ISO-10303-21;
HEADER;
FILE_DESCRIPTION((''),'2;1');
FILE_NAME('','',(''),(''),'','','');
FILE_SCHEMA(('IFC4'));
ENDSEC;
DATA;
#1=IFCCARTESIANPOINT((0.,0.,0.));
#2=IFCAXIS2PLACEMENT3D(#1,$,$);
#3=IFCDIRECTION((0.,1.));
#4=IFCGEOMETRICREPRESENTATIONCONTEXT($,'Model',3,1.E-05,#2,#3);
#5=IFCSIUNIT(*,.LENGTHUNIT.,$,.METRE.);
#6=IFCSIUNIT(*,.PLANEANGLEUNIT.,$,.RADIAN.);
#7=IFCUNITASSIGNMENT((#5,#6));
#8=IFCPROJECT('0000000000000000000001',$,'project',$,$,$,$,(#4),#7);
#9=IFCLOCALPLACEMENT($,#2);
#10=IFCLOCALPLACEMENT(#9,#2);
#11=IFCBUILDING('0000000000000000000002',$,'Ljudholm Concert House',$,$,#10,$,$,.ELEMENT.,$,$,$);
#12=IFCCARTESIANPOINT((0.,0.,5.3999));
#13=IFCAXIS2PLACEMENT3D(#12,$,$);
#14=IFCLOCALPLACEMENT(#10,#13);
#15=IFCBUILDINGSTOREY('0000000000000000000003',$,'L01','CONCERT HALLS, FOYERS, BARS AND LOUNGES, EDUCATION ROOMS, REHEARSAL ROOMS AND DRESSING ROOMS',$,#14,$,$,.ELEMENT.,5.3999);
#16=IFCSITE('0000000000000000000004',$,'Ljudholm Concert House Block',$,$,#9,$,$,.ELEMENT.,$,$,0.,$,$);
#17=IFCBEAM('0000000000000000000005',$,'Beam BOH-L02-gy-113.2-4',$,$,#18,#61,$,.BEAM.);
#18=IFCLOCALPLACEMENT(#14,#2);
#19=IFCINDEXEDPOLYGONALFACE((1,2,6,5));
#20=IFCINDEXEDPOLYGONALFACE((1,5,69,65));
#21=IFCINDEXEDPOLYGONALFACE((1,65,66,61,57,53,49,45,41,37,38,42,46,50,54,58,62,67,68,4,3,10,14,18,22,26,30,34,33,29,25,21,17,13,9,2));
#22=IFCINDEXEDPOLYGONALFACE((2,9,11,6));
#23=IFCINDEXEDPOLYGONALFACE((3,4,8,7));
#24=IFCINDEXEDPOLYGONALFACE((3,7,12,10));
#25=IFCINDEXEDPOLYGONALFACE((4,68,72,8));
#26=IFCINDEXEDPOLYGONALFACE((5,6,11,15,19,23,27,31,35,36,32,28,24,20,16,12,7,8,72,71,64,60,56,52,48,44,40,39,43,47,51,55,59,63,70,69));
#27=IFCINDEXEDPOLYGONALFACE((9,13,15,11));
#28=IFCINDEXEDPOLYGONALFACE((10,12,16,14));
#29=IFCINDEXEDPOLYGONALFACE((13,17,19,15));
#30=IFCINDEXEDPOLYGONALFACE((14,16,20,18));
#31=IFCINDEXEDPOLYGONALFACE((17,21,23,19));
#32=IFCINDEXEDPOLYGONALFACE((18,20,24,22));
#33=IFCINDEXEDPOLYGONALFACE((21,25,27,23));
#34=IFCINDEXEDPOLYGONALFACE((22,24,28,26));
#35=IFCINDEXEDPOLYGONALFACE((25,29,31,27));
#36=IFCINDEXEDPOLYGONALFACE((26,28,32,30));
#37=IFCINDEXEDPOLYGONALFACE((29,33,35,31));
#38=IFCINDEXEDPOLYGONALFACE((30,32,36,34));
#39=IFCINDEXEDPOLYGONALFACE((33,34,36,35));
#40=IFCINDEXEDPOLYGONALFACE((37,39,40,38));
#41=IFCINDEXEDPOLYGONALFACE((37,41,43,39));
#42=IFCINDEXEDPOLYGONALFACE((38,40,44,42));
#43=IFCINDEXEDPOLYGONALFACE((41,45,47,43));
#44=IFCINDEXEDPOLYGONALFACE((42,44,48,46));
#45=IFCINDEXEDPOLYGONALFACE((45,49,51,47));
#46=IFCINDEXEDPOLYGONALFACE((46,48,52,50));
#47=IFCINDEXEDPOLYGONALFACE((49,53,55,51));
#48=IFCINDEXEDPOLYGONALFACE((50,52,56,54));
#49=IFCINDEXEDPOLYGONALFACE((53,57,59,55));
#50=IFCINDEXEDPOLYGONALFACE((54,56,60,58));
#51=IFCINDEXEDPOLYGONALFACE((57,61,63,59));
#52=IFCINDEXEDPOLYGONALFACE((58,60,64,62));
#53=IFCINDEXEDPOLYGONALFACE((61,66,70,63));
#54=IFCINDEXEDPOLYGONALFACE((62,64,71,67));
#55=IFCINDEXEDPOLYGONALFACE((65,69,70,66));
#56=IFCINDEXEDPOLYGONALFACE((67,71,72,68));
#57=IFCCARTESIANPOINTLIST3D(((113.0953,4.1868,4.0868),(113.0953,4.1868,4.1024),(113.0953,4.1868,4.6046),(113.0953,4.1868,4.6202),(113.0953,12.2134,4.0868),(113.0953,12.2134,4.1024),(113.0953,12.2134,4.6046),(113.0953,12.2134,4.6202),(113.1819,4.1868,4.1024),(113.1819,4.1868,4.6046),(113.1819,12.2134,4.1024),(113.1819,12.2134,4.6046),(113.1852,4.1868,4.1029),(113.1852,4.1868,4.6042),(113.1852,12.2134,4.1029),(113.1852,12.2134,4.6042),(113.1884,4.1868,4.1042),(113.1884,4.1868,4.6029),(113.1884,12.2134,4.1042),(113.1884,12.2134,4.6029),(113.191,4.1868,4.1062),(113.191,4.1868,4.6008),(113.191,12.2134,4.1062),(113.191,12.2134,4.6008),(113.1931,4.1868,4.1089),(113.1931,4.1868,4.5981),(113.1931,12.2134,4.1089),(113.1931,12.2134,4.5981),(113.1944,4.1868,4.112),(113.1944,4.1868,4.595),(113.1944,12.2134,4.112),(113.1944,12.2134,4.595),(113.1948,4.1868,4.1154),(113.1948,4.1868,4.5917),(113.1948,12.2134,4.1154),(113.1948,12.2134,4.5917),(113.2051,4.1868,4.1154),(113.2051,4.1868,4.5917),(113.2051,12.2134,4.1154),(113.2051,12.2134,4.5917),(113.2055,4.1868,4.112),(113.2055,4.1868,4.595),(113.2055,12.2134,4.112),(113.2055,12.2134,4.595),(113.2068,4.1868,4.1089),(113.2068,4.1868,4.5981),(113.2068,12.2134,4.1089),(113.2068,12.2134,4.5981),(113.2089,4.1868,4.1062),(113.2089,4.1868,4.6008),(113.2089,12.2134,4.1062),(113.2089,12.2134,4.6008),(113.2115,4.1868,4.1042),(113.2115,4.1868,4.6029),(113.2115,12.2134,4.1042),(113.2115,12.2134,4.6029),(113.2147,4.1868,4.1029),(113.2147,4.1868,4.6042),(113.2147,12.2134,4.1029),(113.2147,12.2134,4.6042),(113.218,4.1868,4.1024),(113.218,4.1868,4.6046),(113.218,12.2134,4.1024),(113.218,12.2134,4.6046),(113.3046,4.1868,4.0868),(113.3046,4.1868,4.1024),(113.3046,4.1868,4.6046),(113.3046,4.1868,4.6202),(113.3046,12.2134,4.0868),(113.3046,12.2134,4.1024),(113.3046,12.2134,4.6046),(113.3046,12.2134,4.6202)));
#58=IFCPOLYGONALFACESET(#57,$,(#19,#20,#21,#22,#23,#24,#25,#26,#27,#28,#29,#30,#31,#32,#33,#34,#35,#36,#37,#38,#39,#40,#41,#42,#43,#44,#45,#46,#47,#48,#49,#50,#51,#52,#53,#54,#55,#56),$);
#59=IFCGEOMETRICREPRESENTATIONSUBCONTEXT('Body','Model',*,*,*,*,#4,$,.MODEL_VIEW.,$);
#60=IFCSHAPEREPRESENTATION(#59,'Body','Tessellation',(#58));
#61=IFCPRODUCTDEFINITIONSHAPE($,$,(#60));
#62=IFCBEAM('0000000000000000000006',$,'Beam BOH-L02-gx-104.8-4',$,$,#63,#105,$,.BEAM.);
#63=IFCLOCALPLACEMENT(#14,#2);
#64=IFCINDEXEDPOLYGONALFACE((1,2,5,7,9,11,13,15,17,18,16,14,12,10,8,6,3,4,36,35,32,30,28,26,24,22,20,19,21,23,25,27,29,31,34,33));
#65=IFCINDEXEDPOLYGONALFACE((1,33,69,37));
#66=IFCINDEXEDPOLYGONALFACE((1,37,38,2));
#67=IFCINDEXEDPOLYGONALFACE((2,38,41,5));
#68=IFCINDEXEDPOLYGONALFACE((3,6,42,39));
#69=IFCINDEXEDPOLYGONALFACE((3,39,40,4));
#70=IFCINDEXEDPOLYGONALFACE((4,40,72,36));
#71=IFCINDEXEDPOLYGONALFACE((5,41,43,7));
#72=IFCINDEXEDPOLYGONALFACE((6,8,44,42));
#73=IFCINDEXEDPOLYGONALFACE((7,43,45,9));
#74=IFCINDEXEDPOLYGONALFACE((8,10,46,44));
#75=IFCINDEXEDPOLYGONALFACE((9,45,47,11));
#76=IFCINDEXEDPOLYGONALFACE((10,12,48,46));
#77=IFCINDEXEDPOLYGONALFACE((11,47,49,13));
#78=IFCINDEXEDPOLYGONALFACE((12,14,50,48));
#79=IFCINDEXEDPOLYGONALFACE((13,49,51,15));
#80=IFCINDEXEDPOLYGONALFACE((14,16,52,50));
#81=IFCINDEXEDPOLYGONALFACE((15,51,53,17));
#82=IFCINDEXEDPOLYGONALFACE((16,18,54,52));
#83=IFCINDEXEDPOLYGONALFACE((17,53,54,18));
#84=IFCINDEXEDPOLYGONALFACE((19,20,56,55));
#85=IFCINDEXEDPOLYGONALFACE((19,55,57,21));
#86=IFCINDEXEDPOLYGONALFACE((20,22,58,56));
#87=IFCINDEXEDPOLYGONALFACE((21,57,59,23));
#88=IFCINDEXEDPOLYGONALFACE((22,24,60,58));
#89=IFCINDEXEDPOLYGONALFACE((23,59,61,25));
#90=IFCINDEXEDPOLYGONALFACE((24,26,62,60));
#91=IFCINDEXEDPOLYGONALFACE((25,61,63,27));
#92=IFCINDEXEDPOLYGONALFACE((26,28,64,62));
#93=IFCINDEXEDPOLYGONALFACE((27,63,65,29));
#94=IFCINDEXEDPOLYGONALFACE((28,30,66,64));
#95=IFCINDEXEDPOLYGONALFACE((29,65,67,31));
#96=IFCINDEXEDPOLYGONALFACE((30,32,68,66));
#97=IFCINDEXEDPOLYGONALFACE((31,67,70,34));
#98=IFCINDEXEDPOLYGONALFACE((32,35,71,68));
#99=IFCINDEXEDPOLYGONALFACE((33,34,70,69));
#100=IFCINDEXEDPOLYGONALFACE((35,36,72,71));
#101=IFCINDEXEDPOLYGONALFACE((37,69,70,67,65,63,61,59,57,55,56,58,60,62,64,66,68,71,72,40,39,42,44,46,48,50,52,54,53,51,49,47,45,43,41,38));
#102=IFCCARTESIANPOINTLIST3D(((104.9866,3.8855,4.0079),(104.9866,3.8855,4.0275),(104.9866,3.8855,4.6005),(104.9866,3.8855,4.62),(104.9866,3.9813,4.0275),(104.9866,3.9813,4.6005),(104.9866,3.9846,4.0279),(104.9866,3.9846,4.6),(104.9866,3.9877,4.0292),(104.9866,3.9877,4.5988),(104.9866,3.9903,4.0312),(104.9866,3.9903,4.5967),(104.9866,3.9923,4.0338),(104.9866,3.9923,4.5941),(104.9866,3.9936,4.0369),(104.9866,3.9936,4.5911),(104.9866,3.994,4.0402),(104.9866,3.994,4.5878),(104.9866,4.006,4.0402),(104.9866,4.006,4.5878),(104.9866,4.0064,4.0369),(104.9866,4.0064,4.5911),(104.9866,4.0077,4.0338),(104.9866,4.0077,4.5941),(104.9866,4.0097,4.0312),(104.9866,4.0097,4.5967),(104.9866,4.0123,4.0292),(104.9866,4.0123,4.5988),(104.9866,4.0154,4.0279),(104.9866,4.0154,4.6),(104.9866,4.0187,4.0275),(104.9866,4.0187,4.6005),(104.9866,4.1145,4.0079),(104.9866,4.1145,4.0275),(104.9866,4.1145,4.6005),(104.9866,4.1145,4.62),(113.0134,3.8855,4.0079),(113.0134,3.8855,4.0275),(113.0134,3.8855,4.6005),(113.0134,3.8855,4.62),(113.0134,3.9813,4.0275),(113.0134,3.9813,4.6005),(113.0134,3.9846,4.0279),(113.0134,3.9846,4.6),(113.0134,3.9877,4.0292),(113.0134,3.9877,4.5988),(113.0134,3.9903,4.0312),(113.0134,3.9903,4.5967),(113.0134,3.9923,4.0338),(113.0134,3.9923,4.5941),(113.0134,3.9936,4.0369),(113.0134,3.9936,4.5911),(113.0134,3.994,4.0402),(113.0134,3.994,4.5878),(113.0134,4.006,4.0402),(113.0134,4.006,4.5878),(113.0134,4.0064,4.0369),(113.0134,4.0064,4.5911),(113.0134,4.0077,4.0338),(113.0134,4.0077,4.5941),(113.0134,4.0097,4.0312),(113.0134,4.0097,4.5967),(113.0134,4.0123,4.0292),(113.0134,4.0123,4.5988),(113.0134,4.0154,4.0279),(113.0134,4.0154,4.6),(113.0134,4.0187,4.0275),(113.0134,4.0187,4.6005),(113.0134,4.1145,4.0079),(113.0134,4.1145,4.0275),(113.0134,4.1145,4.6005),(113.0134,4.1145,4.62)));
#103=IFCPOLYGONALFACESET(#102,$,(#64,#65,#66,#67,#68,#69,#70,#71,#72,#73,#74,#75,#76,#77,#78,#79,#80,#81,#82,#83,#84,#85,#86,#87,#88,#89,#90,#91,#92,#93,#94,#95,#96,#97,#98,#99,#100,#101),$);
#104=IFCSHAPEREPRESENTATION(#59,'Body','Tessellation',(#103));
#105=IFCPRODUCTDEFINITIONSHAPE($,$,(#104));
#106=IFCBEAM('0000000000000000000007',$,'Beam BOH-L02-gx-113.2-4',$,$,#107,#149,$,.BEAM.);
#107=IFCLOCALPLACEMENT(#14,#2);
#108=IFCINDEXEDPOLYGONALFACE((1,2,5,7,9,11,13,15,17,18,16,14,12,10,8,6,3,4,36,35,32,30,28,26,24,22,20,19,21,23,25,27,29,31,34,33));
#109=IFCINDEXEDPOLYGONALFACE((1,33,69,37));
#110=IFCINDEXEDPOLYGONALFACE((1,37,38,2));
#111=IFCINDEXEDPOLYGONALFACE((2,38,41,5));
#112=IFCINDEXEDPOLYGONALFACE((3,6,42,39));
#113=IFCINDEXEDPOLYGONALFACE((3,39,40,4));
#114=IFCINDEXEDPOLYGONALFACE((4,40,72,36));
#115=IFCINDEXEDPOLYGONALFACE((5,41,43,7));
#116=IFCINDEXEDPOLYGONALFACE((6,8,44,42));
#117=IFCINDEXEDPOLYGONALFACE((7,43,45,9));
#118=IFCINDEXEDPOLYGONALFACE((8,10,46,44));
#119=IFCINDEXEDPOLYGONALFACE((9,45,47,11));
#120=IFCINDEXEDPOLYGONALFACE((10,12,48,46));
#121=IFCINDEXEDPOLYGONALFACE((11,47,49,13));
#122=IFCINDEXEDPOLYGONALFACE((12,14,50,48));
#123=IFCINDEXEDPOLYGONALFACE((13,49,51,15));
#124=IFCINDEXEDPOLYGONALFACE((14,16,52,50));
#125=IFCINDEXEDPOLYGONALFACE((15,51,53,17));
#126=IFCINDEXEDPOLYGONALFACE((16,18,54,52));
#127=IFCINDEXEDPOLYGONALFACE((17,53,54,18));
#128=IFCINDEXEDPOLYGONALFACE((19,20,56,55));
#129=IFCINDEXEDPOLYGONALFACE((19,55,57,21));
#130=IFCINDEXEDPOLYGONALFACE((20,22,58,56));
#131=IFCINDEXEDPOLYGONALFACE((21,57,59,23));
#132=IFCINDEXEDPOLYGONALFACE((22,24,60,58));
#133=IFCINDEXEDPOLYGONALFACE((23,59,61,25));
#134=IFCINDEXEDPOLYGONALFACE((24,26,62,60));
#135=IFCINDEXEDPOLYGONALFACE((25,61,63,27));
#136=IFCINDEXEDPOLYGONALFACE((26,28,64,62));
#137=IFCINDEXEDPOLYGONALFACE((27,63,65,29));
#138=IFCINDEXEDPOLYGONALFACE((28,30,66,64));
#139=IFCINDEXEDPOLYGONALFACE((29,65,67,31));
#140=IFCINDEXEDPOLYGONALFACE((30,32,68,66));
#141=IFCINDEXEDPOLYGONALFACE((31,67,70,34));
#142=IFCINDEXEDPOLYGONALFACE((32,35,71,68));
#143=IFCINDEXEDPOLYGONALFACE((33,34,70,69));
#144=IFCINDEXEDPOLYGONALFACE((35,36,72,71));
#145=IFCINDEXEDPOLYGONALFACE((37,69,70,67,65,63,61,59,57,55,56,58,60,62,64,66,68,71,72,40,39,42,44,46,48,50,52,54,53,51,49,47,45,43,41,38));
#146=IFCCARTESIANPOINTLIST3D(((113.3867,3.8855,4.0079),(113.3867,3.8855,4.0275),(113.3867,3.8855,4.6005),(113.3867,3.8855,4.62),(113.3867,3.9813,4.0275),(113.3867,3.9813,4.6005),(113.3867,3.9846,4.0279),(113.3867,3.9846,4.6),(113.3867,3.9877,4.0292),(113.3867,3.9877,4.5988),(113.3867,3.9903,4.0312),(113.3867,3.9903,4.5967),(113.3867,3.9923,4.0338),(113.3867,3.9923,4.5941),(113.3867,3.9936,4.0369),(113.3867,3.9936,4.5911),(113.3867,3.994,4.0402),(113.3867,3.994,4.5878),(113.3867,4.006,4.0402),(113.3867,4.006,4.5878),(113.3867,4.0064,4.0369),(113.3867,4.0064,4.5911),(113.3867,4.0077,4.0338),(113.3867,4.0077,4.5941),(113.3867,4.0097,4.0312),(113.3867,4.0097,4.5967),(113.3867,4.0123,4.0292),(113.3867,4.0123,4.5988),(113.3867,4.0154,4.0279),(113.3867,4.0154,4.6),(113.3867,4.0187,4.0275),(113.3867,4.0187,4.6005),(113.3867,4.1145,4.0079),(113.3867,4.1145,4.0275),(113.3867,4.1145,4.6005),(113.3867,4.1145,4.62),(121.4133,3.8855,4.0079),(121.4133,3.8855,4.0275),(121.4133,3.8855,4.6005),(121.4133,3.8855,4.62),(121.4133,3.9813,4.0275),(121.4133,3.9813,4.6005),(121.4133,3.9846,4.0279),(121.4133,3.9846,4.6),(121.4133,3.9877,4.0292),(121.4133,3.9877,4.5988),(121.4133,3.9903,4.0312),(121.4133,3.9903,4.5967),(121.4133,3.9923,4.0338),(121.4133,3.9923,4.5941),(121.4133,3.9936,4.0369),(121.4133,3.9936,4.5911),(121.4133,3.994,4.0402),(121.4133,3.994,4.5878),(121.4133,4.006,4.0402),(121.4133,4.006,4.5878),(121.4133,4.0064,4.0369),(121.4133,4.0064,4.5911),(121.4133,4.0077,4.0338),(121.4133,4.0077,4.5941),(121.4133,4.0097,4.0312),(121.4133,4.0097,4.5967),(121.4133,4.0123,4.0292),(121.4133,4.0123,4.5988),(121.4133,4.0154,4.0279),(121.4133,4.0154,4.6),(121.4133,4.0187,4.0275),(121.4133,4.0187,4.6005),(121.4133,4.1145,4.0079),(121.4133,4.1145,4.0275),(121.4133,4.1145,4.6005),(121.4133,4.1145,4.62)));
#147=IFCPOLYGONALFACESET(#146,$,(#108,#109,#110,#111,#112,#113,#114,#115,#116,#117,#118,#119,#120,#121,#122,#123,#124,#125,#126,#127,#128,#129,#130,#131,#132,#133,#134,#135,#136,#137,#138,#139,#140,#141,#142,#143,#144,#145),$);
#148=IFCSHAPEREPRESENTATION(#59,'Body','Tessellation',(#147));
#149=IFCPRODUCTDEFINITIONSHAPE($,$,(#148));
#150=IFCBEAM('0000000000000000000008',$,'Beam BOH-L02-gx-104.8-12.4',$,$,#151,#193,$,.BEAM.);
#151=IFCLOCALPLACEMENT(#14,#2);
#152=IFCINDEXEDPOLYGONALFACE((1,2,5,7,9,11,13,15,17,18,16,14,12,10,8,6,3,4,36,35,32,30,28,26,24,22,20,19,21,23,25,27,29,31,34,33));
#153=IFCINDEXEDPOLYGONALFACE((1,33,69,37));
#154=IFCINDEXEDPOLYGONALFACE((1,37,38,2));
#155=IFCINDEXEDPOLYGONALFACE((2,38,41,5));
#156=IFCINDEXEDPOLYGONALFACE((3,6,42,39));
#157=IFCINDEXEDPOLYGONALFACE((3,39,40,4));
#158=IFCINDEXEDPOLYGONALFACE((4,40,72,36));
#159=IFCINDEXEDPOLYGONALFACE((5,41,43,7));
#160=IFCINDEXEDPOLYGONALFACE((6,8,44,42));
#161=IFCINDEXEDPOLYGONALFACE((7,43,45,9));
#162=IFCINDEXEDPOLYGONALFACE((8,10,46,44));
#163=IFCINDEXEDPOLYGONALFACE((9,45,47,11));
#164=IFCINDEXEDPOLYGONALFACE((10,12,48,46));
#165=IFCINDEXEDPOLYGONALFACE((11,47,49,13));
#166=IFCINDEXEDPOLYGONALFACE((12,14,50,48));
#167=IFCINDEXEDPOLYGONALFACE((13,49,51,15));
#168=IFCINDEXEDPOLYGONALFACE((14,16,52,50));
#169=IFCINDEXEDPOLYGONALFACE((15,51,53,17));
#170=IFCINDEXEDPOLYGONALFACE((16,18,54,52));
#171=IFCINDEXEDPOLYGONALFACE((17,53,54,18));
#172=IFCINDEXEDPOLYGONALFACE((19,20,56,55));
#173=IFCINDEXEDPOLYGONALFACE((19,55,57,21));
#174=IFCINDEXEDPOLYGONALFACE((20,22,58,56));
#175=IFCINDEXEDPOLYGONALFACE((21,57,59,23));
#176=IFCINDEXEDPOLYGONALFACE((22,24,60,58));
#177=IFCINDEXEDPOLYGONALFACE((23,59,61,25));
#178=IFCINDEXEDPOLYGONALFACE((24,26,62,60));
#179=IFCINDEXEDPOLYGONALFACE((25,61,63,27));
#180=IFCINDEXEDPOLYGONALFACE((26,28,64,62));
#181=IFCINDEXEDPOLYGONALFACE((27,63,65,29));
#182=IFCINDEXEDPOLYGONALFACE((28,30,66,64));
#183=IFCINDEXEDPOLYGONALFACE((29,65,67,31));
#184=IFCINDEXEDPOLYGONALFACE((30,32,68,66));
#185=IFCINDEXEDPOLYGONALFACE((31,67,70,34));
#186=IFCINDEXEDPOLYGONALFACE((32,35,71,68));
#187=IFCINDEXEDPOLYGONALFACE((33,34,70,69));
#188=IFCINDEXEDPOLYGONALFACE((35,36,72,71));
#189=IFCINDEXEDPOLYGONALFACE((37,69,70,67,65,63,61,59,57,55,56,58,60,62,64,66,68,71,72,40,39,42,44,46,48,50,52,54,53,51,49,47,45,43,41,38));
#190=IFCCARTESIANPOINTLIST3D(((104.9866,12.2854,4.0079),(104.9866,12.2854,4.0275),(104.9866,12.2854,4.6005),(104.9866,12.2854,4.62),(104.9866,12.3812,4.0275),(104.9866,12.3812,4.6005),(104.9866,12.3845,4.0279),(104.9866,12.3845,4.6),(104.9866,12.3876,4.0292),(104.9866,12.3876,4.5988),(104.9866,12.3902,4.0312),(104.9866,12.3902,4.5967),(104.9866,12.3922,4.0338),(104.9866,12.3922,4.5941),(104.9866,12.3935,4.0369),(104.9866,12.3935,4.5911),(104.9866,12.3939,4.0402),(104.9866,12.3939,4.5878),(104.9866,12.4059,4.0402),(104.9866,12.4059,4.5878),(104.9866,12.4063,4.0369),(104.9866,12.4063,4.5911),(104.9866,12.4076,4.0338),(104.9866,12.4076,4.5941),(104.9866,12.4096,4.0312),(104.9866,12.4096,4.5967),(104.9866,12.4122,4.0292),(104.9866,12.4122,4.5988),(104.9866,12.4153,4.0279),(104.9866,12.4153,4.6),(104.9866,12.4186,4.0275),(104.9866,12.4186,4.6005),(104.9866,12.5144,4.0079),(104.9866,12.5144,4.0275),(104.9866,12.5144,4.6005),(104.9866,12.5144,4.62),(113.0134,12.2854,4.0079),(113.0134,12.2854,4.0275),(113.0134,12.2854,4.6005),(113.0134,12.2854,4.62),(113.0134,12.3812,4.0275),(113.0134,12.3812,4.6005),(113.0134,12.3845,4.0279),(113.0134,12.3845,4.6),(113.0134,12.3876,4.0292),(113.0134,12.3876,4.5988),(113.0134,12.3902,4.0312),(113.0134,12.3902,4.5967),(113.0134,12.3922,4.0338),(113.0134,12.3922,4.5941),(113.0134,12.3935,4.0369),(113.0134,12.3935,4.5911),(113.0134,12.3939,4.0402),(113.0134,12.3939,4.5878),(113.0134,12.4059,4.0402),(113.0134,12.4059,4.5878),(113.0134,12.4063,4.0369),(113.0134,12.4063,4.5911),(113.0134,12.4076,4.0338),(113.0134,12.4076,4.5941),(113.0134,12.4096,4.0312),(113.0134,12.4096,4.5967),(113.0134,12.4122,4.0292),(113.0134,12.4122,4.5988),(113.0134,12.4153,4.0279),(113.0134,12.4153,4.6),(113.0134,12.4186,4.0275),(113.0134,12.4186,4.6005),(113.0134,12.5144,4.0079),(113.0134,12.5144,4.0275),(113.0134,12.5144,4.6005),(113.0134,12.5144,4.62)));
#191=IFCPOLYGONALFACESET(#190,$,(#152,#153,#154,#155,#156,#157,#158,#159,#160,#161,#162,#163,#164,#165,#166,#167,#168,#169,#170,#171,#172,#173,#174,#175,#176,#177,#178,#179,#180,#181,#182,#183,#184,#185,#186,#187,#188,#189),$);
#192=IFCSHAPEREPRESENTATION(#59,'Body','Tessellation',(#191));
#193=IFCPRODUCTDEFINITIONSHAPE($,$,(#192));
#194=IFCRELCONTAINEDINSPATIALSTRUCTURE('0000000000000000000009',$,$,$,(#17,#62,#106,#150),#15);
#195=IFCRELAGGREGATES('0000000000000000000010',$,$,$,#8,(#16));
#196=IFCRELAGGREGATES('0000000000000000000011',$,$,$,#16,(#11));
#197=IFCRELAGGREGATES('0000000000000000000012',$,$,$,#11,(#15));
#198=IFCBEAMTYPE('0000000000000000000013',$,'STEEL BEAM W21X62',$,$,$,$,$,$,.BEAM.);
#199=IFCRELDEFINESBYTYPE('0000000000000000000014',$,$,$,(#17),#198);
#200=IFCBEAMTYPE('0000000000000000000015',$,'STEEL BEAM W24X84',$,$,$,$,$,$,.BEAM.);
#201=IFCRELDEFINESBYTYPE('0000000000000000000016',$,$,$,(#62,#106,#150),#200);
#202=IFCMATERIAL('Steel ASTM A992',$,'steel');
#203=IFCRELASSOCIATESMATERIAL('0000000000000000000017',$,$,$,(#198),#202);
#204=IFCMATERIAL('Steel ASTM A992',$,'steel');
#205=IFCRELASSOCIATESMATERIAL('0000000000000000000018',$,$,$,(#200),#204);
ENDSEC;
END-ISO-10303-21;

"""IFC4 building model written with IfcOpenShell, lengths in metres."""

from ifc_helpers import new_model, si_unit, direction, frame, origin, origin_2d, place, context, subcontext, project, spatial, i_section, extrude, material, material_profile, profile_set, type_object, element, save


model = new_model("IFC4")

# Units and contexts
model_context = context("Model", 3, precision=1e-05, world=origin(), true_north=direction((0.0, 1.0)))
body_context = subcontext(model_context, "Body", "Model", "MODEL_VIEW")
ifc_project = project(units=[si_unit("LENGTHUNIT", "METRE"), si_unit("PLANEANGLEUNIT", "RADIAN")], contexts=[model_context])

# Site, building, storey
site_placement = place(None, origin())
site = spatial("IfcSite", under=ifc_project, at=site_placement, Name="Ljudholm Concert House Block", CompositionType="ELEMENT", RefElevation=0.0)
building_placement = place(site_placement, origin())
building = spatial("IfcBuilding", under=site, at=building_placement, Name="Ljudholm Concert House", CompositionType="ELEMENT")
storey_placement = place(building_placement, frame((0.0, 0.0, 5.3999)))
storey = spatial("IfcBuildingStorey", under=building, at=storey_placement, Name="L01", Description="CONCERT HALLS, FOYERS, BARS AND LOUNGES, EDUCATION ROOMS, REHEARSAL ROOMS AND DRESSING ROOMS", CompositionType="ELEMENT", Elevation=5.3999)

# Beams
ifc_material_1 = material(Name="Steel ASTM A992", Category="steel")
ifc_material_profile_1 = material_profile(ifc_material_1, i_section(OverallWidth=0.2092, OverallDepth=0.5334, WebThickness=0.0103, FlangeThickness=0.0156, FilletRadius=0.0129, at=origin_2d()), Name="W21X62")
ifc_profile_set_1 = profile_set([ifc_material_profile_1], Name="Steel ASTM A992")
beam_type_1 = type_object("IfcBeamType", Name="STEEL BEAM W21X62", PredefinedType="BEAM", material=ifc_profile_set_1)
for number, where, z_axis, x_axis, name in (
    (1, (113.2, 4.1868, 4.3535), (0.0, 1.0, 0.0), (-1.0, 0.0, 0.0), "Beam BOH-L02-gy-113.2-4"),
):
    element("IfcBeam", number, at=place(storey_placement, frame(where, z_axis=z_axis, x_axis=x_axis)), inside=storey, type_object=beam_type_1, Name=name, PredefinedType="BEAM", context=body_context, shape_type="SweptSolid", body=[
        extrude(i_section(OverallWidth=0.2092, OverallDepth=0.5334, WebThickness=0.0103, FlangeThickness=0.0156, FilletRadius=0.0129, at=origin_2d()), origin(), (0.0, 0.0, 1.0), 8.0266),
    ])
ifc_material_2 = material(Name="Steel ASTM A992", Category="steel")
ifc_material_profile_2 = material_profile(ifc_material_2, i_section(OverallWidth=0.229, OverallDepth=0.6121, WebThickness=0.012, FlangeThickness=0.0195, FilletRadius=0.0127, at=origin_2d()), Name="W24X84")
ifc_profile_set_2 = profile_set([ifc_material_profile_2], Name="Steel ASTM A992")
beam_type_2 = type_object("IfcBeamType", Name="STEEL BEAM W24X84", PredefinedType="BEAM", material=ifc_profile_set_2)
beam_1_placement = place(storey_placement, frame((104.9866, 4.0, 4.314), z_axis=(1.0, 0.0, 0.0), x_axis=(0.0, 1.0, 0.0)))
element("IfcBeam", 2, at=beam_1_placement, inside=storey, type_object=beam_type_2, Name="Beam BOH-L02-gx-104.8-4", PredefinedType="BEAM", context=body_context, shape_type="SweptSolid", body=[
    extrude(i_section(OverallWidth=0.229, OverallDepth=0.6121, WebThickness=0.012, FlangeThickness=0.0195, FilletRadius=0.0127, at=origin_2d()), origin(), (0.0, 0.0, 1.0), 8.0269),
])
beam_2_placement = place(storey_placement, frame((113.3867, 4.0, 4.314), z_axis=(1.0, 0.0, 0.0), x_axis=(0.0, 1.0, 0.0)))
element("IfcBeam", 3, at=beam_2_placement, inside=storey, type_object=beam_type_2, Name="Beam BOH-L02-gx-113.2-4", PredefinedType="BEAM", context=body_context, shape_type="SweptSolid", body=[
    extrude(i_section(OverallWidth=0.229, OverallDepth=0.6121, WebThickness=0.012, FlangeThickness=0.0195, FilletRadius=0.0127, at=origin_2d()), origin(), (0.0, 0.0, 1.0), 8.0266),
])
beam_3_placement = place(storey_placement, frame((104.9866, 12.3999, 4.314), z_axis=(1.0, 0.0, 0.0), x_axis=(0.0, 1.0, 0.0)))
element("IfcBeam", 4, at=beam_3_placement, inside=storey, type_object=beam_type_2, Name="Beam BOH-L02-gx-104.8-12.4", PredefinedType="BEAM", context=body_context, shape_type="SweptSolid", body=[
    extrude(i_section(OverallWidth=0.229, OverallDepth=0.6121, WebThickness=0.012, FlangeThickness=0.0195, FilletRadius=0.0127, at=origin_2d()), origin(), (0.0, 0.0, 1.0), 8.0269),
])

save(model, "model.ifc")
